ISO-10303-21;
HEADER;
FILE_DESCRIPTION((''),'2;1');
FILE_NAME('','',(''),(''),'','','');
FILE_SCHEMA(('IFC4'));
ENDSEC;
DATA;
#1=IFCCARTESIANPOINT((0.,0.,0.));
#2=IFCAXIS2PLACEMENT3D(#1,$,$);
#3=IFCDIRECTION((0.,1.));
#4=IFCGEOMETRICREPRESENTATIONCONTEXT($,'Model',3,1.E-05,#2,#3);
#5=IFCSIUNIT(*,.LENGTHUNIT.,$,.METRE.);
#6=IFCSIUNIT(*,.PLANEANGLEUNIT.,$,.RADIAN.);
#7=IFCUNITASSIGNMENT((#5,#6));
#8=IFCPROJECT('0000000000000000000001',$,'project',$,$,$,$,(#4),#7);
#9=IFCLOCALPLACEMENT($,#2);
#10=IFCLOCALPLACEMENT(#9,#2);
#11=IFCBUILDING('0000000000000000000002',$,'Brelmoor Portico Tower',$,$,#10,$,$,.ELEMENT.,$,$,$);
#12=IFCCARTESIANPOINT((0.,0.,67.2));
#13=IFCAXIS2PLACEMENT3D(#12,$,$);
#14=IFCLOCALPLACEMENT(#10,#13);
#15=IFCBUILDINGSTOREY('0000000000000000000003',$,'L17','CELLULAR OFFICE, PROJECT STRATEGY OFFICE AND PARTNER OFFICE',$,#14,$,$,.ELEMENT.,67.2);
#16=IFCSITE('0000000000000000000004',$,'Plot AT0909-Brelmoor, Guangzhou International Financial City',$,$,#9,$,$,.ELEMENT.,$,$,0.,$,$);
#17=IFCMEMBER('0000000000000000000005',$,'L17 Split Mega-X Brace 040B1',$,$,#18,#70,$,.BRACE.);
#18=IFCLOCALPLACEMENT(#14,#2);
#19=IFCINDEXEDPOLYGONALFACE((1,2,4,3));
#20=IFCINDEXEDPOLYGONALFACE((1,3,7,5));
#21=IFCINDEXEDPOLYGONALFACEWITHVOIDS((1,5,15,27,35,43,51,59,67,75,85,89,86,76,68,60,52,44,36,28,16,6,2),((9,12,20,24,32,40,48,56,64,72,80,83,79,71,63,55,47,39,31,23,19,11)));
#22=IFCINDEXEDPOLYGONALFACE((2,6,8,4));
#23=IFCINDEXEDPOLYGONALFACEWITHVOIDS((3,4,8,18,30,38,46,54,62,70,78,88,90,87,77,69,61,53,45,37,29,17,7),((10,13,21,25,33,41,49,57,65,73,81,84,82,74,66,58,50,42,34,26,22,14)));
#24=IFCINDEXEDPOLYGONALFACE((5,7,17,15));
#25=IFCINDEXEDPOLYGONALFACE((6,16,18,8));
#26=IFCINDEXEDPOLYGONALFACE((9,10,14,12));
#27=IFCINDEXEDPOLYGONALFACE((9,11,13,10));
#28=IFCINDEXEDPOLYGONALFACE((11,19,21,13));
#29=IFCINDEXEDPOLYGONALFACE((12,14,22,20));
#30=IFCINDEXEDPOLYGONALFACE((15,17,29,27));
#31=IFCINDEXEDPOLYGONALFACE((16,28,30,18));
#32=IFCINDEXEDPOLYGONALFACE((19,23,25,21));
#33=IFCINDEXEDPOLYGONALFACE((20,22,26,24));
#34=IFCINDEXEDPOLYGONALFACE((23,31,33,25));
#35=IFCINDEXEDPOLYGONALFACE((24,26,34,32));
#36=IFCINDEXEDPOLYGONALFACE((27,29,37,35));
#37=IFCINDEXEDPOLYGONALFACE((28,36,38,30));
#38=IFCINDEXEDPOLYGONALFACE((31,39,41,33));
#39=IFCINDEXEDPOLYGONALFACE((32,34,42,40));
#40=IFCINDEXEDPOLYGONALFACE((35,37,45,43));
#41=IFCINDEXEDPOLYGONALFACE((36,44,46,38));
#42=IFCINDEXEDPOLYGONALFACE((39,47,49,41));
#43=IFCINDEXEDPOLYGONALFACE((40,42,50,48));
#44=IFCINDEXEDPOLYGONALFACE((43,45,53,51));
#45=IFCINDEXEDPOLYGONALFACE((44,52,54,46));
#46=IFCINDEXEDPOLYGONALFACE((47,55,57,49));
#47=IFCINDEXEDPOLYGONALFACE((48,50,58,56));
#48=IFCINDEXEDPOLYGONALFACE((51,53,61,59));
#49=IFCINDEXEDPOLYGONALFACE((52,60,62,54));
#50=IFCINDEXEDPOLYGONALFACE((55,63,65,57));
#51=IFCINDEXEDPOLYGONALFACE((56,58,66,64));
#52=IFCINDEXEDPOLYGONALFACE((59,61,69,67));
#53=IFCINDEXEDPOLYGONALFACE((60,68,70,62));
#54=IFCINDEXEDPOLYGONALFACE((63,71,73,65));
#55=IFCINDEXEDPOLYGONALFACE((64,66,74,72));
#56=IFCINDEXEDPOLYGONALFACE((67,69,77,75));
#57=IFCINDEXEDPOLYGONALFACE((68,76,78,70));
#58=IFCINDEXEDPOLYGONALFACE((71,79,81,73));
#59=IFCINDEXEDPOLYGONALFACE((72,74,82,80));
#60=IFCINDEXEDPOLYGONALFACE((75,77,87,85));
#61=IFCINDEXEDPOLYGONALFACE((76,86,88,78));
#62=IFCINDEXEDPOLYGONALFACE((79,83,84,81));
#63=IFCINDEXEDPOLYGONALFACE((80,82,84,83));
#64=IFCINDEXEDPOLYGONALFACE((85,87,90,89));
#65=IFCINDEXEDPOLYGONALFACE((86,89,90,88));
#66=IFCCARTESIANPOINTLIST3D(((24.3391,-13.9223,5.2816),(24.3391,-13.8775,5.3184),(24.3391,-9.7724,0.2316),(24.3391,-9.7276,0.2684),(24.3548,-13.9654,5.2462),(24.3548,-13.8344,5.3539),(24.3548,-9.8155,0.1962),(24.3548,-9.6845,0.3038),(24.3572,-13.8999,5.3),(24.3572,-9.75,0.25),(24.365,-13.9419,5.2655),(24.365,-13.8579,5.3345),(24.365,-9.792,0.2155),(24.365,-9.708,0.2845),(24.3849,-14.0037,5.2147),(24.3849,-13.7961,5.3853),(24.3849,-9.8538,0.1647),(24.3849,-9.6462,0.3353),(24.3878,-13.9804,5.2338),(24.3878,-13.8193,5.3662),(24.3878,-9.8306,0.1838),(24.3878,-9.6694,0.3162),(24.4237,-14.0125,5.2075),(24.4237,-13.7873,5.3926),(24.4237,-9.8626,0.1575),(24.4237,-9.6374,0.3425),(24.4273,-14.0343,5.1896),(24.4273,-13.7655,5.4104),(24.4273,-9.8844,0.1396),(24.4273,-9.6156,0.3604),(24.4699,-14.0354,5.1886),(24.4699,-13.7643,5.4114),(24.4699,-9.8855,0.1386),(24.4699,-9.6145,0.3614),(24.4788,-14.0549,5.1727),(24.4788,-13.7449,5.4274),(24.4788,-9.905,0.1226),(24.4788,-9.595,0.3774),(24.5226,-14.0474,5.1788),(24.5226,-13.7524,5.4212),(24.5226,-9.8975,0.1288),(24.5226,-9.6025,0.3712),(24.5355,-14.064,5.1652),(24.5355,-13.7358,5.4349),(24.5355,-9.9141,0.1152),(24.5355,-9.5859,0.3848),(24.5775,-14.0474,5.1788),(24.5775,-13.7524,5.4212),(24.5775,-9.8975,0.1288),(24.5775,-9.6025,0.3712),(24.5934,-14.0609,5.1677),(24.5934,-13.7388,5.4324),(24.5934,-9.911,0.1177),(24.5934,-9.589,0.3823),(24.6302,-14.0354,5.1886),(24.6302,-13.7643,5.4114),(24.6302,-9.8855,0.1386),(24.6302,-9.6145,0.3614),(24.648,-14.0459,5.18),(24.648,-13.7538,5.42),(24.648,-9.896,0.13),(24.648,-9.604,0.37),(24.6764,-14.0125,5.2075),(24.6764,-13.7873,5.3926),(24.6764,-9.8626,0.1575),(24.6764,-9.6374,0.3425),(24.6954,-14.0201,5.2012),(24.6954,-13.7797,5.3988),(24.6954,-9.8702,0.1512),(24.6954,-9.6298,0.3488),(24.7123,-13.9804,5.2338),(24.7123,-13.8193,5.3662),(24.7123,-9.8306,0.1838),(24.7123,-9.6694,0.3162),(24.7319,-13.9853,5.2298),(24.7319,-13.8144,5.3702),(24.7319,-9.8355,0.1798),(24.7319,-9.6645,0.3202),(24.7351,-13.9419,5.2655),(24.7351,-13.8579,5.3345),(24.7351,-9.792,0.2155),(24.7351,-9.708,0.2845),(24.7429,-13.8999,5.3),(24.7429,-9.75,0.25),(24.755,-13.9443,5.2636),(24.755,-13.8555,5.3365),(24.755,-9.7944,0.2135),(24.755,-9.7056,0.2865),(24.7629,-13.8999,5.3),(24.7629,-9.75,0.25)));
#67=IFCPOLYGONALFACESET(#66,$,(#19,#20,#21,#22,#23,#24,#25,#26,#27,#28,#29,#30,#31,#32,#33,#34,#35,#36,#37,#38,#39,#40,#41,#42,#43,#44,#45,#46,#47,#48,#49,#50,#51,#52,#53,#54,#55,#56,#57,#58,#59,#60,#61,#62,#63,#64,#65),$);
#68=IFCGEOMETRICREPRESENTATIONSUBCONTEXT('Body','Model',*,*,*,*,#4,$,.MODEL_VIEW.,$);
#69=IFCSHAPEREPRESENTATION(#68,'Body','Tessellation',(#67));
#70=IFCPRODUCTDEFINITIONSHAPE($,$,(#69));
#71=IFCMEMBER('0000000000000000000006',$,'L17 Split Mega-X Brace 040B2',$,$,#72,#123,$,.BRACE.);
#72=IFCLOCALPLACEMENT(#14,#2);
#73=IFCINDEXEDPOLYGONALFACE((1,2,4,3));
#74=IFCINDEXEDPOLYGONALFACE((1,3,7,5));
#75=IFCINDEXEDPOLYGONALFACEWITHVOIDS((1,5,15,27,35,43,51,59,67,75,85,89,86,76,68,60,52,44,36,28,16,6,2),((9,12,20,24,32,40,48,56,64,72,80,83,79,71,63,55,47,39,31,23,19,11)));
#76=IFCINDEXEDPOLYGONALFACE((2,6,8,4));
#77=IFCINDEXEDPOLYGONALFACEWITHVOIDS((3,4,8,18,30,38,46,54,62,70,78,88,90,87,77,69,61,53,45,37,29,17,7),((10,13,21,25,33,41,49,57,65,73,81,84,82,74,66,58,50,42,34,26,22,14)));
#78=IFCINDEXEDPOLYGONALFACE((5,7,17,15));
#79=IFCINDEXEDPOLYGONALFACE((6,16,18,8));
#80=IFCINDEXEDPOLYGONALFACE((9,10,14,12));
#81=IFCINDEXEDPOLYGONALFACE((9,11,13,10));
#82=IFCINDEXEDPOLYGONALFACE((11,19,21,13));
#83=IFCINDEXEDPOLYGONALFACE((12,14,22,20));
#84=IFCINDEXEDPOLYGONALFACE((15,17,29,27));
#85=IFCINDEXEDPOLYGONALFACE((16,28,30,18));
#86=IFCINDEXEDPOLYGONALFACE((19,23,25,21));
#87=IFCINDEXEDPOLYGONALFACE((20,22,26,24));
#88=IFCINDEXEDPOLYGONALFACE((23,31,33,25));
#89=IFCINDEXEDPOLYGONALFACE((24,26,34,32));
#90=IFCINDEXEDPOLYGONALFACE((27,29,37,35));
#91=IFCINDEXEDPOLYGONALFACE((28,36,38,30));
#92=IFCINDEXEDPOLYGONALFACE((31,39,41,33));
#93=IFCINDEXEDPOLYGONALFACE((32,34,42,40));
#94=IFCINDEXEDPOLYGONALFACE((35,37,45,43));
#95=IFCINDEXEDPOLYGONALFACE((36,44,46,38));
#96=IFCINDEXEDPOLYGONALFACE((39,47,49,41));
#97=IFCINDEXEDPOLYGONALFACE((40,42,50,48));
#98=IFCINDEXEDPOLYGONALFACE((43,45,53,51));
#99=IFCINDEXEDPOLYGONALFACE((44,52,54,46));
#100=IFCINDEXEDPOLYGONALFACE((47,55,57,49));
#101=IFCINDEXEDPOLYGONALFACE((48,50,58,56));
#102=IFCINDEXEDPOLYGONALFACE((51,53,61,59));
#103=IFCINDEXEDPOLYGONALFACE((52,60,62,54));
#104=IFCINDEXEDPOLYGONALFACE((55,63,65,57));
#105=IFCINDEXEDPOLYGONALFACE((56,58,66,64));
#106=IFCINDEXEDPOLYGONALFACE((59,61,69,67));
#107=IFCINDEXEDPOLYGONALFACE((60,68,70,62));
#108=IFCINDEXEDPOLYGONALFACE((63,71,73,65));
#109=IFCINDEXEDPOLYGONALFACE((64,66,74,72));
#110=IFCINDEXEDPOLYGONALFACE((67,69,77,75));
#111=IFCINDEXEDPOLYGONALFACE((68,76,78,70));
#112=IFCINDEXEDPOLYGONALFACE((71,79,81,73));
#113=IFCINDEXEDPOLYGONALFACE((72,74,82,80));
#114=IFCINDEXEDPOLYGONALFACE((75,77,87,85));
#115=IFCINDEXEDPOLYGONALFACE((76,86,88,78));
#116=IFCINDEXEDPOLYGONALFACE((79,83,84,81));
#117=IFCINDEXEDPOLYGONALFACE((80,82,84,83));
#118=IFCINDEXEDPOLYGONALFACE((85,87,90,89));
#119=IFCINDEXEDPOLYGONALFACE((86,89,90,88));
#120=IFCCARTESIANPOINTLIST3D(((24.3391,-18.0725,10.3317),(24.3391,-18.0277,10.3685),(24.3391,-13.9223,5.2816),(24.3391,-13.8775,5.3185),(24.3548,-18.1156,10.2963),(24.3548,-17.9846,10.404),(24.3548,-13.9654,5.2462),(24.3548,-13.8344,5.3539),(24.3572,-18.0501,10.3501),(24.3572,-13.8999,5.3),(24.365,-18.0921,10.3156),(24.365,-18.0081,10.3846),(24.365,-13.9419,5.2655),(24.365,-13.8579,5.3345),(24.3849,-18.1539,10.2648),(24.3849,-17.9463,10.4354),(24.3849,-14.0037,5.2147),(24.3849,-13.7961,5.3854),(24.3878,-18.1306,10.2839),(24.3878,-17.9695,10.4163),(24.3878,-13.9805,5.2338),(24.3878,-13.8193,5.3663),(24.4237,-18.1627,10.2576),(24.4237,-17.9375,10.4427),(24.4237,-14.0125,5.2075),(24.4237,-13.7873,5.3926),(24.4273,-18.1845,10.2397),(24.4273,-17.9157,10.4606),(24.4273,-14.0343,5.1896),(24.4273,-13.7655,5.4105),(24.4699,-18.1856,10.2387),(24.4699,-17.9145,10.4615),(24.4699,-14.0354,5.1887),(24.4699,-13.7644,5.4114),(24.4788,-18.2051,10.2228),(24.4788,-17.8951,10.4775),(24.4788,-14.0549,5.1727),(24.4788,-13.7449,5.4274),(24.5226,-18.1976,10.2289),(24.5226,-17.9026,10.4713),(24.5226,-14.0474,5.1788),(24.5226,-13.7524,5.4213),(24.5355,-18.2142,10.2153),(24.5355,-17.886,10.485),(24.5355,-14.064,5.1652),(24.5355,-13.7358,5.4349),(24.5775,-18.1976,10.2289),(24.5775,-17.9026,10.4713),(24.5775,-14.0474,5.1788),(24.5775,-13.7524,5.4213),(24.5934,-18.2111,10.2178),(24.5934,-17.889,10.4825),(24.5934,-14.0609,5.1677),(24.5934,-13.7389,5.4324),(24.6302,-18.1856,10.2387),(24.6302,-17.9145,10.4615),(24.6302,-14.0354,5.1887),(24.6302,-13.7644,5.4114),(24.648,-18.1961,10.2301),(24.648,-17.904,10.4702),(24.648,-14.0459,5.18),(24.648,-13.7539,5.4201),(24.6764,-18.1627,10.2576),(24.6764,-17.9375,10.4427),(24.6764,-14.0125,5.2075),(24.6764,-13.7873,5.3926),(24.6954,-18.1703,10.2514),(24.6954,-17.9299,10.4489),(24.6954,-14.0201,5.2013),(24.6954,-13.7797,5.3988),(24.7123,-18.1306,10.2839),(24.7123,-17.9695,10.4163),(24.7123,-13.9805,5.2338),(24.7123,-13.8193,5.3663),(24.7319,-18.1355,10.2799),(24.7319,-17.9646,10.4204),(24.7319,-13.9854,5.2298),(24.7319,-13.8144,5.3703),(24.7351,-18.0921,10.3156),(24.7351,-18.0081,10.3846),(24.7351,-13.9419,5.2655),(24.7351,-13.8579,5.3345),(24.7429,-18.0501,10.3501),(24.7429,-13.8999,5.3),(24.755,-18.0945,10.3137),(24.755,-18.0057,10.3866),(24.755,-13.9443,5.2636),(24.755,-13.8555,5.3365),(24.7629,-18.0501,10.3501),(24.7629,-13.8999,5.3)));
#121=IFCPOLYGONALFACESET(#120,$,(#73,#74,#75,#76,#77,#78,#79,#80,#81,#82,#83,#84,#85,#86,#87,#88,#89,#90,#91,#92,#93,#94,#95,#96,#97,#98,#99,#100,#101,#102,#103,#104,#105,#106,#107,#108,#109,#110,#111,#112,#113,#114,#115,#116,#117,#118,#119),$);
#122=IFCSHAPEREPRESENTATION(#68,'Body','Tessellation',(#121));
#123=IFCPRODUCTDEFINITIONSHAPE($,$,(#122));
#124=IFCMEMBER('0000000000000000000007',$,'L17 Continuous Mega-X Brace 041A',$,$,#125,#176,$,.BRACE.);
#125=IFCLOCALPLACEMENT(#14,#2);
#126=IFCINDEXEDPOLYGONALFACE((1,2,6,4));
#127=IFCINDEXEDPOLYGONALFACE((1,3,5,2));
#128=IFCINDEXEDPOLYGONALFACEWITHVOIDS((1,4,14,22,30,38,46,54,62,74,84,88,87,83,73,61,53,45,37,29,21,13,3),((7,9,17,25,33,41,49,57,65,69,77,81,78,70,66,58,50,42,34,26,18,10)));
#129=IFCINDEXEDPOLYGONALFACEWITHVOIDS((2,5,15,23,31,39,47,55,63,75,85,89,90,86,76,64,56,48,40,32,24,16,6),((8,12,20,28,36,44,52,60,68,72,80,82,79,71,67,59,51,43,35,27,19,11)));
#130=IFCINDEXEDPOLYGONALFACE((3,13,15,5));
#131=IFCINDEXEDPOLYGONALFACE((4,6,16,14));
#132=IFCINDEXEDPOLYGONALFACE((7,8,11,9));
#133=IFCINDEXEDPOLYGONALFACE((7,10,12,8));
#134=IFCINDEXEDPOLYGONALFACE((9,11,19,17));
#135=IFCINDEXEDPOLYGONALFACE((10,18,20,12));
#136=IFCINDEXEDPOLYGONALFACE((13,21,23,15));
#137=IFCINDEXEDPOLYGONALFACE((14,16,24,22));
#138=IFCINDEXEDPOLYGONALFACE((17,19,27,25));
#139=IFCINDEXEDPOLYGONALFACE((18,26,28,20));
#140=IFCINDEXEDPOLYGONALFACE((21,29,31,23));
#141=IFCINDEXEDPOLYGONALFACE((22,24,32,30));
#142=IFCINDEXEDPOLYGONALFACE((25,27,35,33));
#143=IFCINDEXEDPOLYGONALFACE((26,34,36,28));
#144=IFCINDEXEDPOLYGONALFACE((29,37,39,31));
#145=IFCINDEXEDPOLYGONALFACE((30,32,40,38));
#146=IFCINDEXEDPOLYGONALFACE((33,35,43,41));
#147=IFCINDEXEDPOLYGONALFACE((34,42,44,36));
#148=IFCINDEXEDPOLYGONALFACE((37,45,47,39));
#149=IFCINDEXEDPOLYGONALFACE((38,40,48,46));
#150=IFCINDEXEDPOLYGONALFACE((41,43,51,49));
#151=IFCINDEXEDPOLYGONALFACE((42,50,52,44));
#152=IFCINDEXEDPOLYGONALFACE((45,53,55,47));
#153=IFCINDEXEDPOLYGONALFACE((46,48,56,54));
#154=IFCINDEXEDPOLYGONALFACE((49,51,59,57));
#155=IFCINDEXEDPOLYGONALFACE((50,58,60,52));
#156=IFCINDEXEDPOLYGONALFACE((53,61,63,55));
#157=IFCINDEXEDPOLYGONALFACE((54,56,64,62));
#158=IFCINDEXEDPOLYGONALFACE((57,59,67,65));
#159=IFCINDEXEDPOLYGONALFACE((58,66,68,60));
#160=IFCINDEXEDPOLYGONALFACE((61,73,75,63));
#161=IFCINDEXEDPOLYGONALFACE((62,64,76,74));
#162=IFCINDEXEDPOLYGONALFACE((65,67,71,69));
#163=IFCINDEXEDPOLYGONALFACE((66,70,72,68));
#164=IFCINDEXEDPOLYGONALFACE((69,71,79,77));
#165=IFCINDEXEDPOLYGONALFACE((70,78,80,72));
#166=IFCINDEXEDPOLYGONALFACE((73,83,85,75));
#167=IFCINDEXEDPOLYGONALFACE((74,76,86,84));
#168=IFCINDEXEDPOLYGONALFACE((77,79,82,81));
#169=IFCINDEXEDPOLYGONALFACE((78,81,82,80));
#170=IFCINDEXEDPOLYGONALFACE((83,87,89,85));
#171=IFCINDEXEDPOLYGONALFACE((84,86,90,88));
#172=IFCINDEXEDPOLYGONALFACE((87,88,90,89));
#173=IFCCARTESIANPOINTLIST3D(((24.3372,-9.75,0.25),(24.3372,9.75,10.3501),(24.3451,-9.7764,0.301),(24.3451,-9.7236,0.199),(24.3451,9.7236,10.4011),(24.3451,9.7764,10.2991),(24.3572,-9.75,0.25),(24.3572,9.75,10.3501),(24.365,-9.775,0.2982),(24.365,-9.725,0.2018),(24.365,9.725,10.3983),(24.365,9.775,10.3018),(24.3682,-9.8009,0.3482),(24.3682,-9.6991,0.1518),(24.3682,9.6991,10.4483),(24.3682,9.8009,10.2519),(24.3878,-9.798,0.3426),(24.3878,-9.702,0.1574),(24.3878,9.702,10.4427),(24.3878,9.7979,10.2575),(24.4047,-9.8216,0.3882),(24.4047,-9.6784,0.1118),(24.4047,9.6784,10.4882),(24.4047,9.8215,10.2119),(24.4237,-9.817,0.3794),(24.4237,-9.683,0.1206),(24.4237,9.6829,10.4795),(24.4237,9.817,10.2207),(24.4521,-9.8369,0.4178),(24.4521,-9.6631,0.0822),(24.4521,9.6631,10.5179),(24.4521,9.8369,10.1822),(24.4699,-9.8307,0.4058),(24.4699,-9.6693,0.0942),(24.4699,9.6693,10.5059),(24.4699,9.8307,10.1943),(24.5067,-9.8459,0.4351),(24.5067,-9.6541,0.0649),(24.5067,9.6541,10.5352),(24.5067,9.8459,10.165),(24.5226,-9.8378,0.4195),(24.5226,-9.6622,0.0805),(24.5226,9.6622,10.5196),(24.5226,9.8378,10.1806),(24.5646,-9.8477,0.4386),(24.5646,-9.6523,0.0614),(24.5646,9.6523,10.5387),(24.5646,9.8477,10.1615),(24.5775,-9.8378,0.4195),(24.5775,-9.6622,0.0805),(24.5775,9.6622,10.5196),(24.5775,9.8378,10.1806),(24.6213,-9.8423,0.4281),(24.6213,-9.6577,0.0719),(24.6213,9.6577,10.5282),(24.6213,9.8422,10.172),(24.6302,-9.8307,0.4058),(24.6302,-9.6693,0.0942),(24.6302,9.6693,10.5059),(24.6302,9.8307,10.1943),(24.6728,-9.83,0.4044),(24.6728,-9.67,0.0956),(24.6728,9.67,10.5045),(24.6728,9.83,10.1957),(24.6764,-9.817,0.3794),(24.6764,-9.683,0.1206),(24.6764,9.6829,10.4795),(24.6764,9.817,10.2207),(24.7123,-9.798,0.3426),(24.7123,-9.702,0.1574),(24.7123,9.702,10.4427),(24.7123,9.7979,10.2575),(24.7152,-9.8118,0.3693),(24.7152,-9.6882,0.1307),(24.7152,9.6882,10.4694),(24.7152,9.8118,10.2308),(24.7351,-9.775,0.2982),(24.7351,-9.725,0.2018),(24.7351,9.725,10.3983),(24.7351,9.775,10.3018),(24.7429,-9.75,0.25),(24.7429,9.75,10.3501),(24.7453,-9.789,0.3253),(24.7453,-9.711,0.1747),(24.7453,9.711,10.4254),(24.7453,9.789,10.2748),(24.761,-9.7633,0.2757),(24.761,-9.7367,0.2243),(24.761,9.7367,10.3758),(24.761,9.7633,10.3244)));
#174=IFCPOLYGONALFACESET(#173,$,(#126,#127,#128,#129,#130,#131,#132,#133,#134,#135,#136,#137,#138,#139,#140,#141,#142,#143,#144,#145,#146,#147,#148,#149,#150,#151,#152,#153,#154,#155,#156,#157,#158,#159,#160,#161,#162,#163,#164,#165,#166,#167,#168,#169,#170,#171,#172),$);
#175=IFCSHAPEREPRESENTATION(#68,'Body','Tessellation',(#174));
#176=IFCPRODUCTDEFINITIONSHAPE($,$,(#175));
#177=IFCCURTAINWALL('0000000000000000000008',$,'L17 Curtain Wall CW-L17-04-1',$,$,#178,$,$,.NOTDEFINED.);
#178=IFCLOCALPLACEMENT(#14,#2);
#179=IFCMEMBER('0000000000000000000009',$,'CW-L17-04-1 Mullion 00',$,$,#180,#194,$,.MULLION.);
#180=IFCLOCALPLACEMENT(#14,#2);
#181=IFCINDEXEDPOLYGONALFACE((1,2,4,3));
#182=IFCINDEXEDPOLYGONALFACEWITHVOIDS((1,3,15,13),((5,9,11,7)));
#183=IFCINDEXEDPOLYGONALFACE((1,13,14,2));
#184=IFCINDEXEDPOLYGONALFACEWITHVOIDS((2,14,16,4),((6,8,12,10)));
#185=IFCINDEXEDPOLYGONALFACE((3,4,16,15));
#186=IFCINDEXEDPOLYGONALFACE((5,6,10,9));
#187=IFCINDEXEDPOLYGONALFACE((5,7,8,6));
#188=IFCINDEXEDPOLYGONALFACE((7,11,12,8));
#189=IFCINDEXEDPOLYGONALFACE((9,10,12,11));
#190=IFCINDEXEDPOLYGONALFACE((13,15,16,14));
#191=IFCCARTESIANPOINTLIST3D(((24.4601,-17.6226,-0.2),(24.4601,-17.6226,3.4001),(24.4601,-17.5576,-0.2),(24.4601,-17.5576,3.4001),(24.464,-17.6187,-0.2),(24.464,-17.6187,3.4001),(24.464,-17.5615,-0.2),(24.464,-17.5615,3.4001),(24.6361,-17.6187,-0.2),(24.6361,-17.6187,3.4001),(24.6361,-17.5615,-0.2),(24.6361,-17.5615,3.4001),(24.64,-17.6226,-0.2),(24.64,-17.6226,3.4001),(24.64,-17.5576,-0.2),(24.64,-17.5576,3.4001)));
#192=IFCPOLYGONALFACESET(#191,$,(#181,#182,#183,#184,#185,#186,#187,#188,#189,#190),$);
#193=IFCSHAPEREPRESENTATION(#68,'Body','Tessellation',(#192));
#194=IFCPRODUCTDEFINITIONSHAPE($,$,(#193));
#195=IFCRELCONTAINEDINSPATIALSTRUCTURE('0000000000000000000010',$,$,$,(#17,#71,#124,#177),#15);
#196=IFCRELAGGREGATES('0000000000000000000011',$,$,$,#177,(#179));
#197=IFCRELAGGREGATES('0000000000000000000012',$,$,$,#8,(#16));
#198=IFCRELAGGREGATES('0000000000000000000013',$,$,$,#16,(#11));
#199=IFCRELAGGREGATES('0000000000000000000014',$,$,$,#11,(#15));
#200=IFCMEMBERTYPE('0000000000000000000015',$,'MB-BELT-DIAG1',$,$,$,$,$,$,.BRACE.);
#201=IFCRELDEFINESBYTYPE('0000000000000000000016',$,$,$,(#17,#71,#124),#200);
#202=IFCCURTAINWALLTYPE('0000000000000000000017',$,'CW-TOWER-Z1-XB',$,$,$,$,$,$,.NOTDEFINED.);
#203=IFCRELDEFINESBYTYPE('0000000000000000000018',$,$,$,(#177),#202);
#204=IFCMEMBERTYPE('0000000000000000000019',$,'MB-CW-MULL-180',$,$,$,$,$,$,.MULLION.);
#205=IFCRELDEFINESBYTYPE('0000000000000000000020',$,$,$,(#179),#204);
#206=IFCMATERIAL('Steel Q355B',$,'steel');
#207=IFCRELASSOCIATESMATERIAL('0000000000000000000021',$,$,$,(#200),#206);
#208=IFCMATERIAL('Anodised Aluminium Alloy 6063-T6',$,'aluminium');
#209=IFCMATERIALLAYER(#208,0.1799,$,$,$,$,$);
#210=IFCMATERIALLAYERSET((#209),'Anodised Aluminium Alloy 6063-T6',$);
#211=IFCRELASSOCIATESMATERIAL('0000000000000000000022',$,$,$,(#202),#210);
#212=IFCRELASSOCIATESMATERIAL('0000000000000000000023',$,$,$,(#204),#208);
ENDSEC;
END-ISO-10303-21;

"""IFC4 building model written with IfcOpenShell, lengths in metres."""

from ifc_helpers import new_model, si_unit, direction, frame, origin, origin_2d, place, context, subcontext, project, spatial, hollow_rectangle, hollow_circle, extrude, material, layer, layer_set, material_profile, profile_set, type_object, element, aggregate, save


model = new_model("IFC4")

# Units and contexts
model_context = context("Model", 3, precision=1e-05, world=origin(), true_north=direction((0.0, 1.0)))
body_context = subcontext(model_context, "Body", "Model", "MODEL_VIEW")
ifc_project = project(units=[si_unit("LENGTHUNIT", "METRE"), si_unit("PLANEANGLEUNIT", "RADIAN")], contexts=[model_context])

# Site, building, storey
site_placement = place(None, origin())
site = spatial("IfcSite", under=ifc_project, at=site_placement, Name="Plot AT0909-Brelmoor, Guangzhou International Financial City", CompositionType="ELEMENT", RefElevation=0.0)
building_placement = place(site_placement, origin())
building = spatial("IfcBuilding", under=site, at=building_placement, Name="Brelmoor Portico Tower", CompositionType="ELEMENT")
storey_placement = place(building_placement, frame((0.0, 0.0, 67.2)))
storey = spatial("IfcBuildingStorey", under=building, at=storey_placement, Name="L17", Description="CELLULAR OFFICE, PROJECT STRATEGY OFFICE AND PARTNER OFFICE", CompositionType="ELEMENT", Elevation=67.2)

# Shared definitions
ifc_material_1 = material(Name="Steel Q355B", Category="steel")

# Members
ifc_material_profile_1 = material_profile(ifc_material_1, hollow_circle(Radius=0.2129, WallThickness=0.02, at=origin_2d()), Name="CHS 426x20")
ifc_profile_set_1 = profile_set([ifc_material_profile_1], Name="Steel Q355B")
member_type_1 = type_object("IfcMemberType", Name="MB-BELT-DIAG1", PredefinedType="BRACE", material=ifc_profile_set_1)
member_1_placement = place(storey_placement, frame((24.55, -9.75, 0.25), z_axis=(0.0, -0.63489, 0.772603), x_axis=(1.0, 0.0, 0.0)))
element("IfcMember", 1, at=member_1_placement, inside=storey, type_object=member_type_1, Name="L17 Split Mega-X Brace 040B1", PredefinedType="BRACE", context=body_context, shape_type="SweptSolid", body=[
    extrude(hollow_circle(Radius=0.2129, WallThickness=0.02, at=origin_2d()), origin(), (0.0, 0.0, 1.0), 6.5364),
])
member_2_placement = place(storey_placement, frame((24.55, -13.8999, 5.3), z_axis=(0.0, -0.634912, 0.772584), x_axis=(1.0, 0.0, 0.0)))
element("IfcMember", 2, at=member_2_placement, inside=storey, type_object=member_type_1, Name="L17 Split Mega-X Brace 040B2", PredefinedType="BRACE", context=body_context, shape_type="SweptSolid", body=[
    extrude(hollow_circle(Radius=0.2129, WallThickness=0.02, at=origin_2d()), origin(), (0.0, 0.0, 1.0), 6.5366),
])
member_3_placement = place(storey_placement, frame((24.55, -9.75, 0.25), z_axis=(0.0, 0.887959, 0.459922), x_axis=(-1.0, 0.0, 0.0)))
element("IfcMember", 3, at=member_3_placement, inside=storey, type_object=member_type_1, Name="L17 Continuous Mega-X Brace 041A", PredefinedType="BRACE", context=body_context, shape_type="SweptSolid", body=[
    extrude(hollow_circle(Radius=0.2129, WallThickness=0.02, at=origin_2d()), origin(), (0.0, 0.0, 1.0), 21.9604),
])

# Curtain wall, member
ifc_material_2 = material(Name="Anodised Aluminium Alloy 6063-T6", Category="aluminium")
ifc_layer_1 = layer(ifc_material_2, 0.1799)
ifc_layer_set_1 = layer_set([ifc_layer_1], Name="Anodised Aluminium Alloy 6063-T6")
curtain_wall_type = type_object("IfcCurtainWallType", Name="CW-TOWER-Z1-XB", PredefinedType="NOTDEFINED", material=ifc_layer_set_1)
curtain_wall_1_placement = place(storey_placement, origin())
curtain_wall_1 = element("IfcCurtainWall", 4, at=curtain_wall_1_placement, inside=storey, type_object=curtain_wall_type, Name="L17 Curtain Wall CW-L17-04-1", PredefinedType="NOTDEFINED")
ifc_material_profile_2 = material_profile(ifc_material_2, hollow_rectangle(XDim=0.0649, YDim=0.1799, WallThickness=0.0039, at=origin_2d()), Name="ALU MULLION 65x180")
ifc_profile_set_2 = profile_set([ifc_material_profile_2], Name="Anodised Aluminium Alloy 6063-T6")
member_type_2 = type_object("IfcMemberType", Name="MB-CW-MULL-180", PredefinedType="MULLION", material=ifc_profile_set_2)
member_4_placement = place(storey_placement, frame((24.55, -17.5901, -0.2), z_axis=(0.0, 0.0, 1.0), x_axis=(0.0, 1.0, 0.0)))
member_4 = element("IfcMember", 5, at=member_4_placement, type_object=member_type_2, Name="CW-L17-04-1 Mullion 00", PredefinedType="MULLION", context=body_context, shape_type="SweptSolid", body=[
    extrude(hollow_rectangle(XDim=0.0649, YDim=0.1799, WallThickness=0.0039, at=origin_2d()), origin(), (0.0, 0.0, 1.0), 3.6001),
])

aggregate(curtain_wall_1, [member_4])

save(model, "model.ifc")
